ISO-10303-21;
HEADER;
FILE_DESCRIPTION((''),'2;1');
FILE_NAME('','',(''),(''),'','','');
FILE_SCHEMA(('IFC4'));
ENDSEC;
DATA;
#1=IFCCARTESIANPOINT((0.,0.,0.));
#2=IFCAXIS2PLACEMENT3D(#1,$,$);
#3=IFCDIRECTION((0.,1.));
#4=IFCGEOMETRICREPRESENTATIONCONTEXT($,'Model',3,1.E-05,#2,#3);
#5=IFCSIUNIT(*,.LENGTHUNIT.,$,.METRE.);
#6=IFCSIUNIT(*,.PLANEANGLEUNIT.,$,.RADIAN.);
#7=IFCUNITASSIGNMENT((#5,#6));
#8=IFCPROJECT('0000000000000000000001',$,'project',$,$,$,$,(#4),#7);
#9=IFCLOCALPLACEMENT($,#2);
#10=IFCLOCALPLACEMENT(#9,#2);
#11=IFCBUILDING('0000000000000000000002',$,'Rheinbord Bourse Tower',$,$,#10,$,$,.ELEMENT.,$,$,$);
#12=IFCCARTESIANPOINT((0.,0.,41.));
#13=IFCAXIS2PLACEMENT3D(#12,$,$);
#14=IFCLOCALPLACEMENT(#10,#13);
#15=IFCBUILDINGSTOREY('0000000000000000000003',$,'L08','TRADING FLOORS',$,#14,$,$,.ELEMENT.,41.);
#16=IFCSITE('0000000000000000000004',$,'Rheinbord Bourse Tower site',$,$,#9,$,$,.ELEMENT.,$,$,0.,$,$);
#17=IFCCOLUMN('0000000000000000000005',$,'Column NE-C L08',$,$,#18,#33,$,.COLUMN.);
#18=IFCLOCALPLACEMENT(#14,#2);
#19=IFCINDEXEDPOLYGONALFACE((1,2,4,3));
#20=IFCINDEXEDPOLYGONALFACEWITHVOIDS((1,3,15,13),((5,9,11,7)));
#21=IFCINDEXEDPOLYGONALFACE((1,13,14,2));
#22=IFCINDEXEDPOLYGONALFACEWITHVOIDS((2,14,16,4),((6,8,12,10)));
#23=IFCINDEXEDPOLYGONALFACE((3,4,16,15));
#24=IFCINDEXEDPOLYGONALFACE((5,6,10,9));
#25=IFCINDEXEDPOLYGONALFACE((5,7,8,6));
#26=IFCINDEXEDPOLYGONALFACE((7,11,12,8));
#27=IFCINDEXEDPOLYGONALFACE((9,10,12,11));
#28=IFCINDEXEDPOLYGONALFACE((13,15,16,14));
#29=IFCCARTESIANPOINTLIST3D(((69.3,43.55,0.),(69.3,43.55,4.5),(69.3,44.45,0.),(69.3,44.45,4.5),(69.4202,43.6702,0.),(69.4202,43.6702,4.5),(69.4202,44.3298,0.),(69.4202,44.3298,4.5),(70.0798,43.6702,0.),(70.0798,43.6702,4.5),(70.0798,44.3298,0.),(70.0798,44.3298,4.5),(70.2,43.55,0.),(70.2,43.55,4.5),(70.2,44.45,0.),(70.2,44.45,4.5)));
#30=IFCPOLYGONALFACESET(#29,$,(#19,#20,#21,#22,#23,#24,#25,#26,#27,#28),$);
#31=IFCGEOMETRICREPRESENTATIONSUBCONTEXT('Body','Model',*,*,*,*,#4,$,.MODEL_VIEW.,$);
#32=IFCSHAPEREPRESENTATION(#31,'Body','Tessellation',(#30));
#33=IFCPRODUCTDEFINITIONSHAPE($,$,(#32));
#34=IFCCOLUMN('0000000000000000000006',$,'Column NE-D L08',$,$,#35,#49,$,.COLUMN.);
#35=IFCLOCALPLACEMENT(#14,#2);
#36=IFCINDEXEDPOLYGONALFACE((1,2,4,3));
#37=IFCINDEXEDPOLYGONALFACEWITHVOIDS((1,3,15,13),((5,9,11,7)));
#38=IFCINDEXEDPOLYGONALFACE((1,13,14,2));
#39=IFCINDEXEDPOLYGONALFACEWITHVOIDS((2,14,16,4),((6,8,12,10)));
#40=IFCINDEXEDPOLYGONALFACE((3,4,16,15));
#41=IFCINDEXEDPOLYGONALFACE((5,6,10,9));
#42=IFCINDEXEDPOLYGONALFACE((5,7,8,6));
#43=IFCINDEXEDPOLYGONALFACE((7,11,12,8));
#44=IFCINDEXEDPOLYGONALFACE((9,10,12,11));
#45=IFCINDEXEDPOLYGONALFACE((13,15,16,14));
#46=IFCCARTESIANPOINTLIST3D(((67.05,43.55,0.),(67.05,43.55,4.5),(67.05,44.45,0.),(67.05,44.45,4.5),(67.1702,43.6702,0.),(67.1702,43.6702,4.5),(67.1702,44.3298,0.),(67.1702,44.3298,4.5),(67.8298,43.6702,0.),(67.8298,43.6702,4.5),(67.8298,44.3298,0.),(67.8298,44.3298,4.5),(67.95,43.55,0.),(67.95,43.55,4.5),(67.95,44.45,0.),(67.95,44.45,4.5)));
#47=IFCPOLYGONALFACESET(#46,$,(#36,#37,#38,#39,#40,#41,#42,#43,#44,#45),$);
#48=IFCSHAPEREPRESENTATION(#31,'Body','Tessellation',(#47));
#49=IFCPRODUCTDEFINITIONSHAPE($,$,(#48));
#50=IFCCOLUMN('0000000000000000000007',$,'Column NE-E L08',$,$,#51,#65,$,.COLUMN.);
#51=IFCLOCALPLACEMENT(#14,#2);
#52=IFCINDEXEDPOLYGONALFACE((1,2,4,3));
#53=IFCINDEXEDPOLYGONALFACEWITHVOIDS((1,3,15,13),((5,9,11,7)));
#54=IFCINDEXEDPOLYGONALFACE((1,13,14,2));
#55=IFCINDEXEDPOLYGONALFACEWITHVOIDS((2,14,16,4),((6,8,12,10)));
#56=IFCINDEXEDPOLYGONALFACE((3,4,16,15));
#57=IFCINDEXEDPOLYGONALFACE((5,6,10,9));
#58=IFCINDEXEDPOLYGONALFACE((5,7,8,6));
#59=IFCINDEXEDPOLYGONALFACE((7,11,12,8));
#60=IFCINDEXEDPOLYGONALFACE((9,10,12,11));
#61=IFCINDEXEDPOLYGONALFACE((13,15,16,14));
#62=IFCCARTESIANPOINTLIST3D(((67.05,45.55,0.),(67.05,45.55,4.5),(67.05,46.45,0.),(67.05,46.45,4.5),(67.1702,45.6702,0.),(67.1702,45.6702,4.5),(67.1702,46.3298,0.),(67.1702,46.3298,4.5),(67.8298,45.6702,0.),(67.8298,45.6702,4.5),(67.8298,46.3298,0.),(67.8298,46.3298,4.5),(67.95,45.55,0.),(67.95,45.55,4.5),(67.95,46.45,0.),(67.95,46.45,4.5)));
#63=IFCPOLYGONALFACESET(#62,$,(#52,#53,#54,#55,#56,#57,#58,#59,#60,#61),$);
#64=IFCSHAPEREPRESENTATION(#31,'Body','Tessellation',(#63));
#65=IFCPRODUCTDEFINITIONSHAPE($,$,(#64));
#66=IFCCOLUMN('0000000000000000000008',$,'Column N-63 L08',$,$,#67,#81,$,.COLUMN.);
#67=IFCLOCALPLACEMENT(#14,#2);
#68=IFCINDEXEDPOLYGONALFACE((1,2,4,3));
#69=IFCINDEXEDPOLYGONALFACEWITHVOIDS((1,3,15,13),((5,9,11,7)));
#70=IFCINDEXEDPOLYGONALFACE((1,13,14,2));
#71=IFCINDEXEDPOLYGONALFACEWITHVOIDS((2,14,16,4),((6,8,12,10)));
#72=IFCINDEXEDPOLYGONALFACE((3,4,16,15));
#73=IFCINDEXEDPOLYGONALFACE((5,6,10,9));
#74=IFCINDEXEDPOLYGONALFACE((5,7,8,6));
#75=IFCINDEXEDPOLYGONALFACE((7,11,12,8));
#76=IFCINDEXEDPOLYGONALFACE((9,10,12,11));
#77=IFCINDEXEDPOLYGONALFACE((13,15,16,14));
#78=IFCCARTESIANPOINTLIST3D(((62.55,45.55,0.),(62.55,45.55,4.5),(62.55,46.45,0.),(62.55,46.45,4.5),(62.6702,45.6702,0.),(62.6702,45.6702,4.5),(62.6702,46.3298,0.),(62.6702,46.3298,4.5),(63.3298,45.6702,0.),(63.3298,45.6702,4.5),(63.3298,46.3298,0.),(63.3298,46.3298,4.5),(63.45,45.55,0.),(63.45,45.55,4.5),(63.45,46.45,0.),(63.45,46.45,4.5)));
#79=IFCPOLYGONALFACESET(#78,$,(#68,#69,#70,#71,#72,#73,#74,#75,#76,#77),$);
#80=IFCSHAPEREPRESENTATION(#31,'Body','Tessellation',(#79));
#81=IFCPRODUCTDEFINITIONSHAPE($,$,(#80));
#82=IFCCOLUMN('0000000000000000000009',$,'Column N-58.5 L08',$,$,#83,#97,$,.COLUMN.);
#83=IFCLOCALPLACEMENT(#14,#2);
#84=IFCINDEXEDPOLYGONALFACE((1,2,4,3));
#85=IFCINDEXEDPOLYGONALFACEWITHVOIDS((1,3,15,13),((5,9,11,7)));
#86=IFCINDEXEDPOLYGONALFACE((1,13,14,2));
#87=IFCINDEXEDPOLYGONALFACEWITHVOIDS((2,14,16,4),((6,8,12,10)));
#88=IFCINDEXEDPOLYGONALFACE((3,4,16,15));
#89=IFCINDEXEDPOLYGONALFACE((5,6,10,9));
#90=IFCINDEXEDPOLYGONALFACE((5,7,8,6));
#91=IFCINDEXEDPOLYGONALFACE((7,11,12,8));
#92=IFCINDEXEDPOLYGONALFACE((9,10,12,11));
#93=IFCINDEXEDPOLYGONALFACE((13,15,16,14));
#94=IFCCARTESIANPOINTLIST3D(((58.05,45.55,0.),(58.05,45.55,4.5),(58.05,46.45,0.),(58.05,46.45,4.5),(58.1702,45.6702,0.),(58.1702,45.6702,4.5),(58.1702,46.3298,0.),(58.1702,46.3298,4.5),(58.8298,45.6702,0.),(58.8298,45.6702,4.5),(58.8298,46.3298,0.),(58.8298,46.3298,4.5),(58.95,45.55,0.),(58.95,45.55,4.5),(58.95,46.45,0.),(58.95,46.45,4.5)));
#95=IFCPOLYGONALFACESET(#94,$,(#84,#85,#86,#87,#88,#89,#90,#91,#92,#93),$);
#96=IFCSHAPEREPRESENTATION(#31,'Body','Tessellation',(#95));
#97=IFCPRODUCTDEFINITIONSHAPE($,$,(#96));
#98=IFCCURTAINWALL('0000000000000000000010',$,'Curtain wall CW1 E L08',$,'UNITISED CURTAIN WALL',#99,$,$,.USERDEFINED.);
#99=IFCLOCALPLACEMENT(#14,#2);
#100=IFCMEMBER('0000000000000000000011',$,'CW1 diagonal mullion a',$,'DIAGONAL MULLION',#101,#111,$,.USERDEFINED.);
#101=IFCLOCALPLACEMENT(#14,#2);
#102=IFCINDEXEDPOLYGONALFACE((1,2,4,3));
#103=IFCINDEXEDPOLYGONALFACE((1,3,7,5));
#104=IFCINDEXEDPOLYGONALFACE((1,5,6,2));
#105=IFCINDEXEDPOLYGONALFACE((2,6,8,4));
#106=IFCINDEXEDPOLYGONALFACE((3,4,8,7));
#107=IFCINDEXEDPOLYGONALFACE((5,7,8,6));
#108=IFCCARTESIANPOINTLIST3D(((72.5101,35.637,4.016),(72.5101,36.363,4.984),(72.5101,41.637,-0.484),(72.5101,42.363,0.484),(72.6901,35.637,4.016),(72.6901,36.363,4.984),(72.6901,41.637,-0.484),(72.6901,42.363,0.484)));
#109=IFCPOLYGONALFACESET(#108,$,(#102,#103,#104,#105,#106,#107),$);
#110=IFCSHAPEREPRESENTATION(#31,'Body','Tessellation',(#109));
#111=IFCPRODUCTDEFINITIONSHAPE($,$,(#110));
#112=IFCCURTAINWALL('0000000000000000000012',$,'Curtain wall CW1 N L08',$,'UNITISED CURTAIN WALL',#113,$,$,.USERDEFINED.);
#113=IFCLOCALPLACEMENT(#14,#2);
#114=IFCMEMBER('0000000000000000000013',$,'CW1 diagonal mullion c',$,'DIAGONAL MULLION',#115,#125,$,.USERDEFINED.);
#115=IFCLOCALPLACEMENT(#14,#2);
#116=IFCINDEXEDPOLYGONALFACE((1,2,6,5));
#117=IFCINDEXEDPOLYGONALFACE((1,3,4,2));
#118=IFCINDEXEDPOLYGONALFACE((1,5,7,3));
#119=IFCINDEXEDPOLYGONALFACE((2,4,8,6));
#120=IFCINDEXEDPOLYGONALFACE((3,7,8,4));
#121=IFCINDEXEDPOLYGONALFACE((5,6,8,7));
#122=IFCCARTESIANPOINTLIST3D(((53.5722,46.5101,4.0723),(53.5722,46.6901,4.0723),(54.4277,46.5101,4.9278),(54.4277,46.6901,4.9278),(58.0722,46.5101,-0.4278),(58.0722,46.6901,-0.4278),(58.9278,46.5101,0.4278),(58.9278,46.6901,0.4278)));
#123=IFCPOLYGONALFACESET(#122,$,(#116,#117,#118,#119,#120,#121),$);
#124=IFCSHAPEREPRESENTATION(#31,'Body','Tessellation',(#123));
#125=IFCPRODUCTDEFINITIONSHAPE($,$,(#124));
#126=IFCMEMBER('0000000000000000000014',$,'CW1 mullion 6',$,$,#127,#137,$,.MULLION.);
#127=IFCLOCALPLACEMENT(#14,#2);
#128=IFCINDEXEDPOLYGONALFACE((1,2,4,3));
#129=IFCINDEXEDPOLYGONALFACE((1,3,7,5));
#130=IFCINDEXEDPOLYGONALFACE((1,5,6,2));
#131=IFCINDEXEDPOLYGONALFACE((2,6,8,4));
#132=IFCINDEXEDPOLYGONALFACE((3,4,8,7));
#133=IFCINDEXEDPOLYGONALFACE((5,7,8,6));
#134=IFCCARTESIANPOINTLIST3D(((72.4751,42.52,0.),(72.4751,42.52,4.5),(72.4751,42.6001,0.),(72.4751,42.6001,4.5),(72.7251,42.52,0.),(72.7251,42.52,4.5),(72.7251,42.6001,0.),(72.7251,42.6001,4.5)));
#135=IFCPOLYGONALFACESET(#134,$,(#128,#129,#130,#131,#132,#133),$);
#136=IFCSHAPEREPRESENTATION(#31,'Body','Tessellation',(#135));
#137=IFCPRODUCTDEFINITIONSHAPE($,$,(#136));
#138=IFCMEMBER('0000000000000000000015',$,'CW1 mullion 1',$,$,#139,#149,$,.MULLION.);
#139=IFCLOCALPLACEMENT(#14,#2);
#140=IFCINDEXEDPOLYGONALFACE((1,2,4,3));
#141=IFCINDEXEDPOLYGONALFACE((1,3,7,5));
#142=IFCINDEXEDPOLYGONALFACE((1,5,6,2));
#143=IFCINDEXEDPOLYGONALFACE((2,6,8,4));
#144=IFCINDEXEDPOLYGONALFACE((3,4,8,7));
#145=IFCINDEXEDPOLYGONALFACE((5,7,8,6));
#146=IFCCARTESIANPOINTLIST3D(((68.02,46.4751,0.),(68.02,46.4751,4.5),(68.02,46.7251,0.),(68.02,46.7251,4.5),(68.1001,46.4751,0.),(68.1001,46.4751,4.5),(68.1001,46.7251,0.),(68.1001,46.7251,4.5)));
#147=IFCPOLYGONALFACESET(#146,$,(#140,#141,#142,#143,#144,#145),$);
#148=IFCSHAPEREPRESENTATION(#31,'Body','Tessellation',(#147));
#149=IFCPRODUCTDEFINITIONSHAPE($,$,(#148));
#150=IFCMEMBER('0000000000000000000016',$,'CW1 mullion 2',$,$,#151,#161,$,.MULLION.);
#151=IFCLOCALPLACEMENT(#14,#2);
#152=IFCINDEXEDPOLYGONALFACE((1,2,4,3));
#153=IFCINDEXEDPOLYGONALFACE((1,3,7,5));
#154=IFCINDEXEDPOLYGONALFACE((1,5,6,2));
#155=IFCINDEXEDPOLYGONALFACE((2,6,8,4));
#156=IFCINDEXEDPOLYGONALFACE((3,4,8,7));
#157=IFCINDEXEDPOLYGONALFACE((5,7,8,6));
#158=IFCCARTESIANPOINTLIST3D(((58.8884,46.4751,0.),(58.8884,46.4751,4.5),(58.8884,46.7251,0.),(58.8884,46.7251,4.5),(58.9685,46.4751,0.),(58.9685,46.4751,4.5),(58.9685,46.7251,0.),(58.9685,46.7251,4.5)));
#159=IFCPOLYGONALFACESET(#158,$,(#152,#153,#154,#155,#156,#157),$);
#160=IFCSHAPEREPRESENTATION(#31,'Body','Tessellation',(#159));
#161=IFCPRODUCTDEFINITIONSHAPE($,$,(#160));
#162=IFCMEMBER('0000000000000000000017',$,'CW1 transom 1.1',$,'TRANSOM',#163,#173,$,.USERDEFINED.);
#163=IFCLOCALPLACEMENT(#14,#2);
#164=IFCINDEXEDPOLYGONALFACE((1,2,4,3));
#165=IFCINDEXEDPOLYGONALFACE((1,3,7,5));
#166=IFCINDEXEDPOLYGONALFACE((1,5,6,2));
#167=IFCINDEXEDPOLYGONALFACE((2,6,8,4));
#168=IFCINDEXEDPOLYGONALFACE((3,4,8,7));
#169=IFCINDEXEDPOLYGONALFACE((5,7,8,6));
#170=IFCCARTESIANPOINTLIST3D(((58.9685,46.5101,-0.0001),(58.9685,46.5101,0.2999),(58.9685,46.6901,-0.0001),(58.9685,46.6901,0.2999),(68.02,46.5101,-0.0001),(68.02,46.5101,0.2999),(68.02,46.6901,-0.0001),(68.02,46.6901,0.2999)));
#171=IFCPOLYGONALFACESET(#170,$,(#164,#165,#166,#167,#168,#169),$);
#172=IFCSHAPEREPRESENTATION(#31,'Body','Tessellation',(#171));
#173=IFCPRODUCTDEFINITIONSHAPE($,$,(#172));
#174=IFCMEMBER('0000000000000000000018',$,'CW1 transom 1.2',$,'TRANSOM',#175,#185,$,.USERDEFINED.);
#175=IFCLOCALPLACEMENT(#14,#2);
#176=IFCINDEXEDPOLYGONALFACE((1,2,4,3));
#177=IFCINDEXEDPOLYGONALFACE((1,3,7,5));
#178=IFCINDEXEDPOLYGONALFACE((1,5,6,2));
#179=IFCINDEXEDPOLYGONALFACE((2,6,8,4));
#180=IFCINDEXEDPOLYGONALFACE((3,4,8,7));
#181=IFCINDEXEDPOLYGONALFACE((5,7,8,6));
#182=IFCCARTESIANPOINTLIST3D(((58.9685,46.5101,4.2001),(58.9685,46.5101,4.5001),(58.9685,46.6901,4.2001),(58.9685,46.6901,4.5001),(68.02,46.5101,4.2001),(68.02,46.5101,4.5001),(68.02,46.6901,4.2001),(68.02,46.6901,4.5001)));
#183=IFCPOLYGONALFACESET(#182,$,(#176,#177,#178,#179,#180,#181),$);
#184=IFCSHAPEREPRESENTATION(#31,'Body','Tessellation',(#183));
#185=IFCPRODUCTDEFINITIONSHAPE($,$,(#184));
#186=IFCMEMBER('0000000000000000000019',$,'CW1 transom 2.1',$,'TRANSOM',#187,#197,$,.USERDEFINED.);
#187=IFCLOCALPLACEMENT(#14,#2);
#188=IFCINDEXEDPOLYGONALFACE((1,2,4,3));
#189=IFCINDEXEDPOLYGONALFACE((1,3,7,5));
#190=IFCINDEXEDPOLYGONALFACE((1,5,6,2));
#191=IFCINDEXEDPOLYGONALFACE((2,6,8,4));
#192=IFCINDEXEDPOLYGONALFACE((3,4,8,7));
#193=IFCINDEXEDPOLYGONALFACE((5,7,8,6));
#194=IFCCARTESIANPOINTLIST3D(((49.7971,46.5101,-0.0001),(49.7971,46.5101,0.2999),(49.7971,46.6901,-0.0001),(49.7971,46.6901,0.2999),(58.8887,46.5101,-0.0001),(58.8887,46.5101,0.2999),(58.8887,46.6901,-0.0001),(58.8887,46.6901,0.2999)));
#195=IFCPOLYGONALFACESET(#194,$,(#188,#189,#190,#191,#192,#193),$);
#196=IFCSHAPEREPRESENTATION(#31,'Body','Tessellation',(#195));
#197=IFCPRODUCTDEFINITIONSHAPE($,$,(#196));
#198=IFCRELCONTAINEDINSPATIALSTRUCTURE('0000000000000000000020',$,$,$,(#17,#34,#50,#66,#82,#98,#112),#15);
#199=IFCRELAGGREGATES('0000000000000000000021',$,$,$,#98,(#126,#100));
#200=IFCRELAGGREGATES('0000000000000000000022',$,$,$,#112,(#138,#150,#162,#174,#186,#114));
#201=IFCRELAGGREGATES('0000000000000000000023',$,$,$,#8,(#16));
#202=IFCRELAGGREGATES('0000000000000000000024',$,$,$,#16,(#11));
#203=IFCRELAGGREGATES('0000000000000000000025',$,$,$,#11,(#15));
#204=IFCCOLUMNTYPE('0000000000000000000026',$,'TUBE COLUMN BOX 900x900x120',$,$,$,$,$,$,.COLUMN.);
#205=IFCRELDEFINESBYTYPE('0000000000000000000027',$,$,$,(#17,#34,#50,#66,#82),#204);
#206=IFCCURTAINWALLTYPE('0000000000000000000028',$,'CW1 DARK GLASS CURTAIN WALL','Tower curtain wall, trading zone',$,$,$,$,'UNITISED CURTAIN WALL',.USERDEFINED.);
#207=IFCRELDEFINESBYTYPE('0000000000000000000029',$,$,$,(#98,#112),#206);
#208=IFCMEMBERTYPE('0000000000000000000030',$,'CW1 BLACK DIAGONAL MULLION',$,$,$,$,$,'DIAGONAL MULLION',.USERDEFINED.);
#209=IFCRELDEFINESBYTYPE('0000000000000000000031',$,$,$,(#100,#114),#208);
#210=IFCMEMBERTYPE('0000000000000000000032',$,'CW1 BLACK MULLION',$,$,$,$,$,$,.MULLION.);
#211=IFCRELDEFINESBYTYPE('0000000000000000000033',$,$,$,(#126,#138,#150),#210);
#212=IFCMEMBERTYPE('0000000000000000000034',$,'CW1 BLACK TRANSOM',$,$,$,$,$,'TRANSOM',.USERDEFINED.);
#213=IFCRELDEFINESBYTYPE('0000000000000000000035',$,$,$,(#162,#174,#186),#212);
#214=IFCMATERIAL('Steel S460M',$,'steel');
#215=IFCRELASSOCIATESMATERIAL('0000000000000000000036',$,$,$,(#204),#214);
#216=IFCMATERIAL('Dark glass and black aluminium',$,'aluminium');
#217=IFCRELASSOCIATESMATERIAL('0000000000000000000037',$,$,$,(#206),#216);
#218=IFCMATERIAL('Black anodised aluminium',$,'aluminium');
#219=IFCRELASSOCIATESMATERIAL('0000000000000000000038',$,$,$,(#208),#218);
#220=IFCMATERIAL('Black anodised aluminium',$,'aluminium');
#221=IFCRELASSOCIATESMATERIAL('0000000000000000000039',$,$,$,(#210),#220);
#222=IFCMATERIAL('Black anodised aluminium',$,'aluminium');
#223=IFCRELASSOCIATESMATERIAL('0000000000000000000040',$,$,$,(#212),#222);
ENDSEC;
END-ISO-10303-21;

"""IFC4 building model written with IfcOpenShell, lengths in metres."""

from ifc_helpers import new_model, si_unit, direction, frame, origin, origin_2d, place, context, subcontext, project, spatial, rectangle, hollow_rectangle, extrude, material, material_profile, profile_set, type_object, element, aggregate, save


model = new_model("IFC4")

# Units and contexts
model_context = context("Model", 3, precision=1e-05, world=origin(), true_north=direction((0.0, 1.0)))
body_context = subcontext(model_context, "Body", "Model", "MODEL_VIEW")
ifc_project = project(units=[si_unit("LENGTHUNIT", "METRE"), si_unit("PLANEANGLEUNIT", "RADIAN")], contexts=[model_context])

# Site, building, storey
site_placement = place(None, origin())
site = spatial("IfcSite", under=ifc_project, at=site_placement, Name="Rheinbord Bourse Tower site", CompositionType="ELEMENT", RefElevation=0.0)
building_placement = place(site_placement, origin())
building = spatial("IfcBuilding", under=site, at=building_placement, Name="Rheinbord Bourse Tower", CompositionType="ELEMENT")
storey_placement = place(building_placement, frame((0.0, 0.0, 41.0)))
storey = spatial("IfcBuildingStorey", under=building, at=storey_placement, Name="L08", Description="TRADING FLOORS", CompositionType="ELEMENT", Elevation=41.0)

# Columns
ifc_material_1 = material(Name="Steel S460M", Category="steel")
ifc_material_profile_1 = material_profile(ifc_material_1, hollow_rectangle(XDim=0.8999, YDim=0.8999, WallThickness=0.1201, at=origin_2d()), Name="BOX 900x900x120")
ifc_profile_set_1 = profile_set([ifc_material_profile_1], Name="Steel S460M")
column_type = type_object("IfcColumnType", Name="TUBE COLUMN BOX 900x900x120", PredefinedType="COLUMN", material=ifc_profile_set_1)
for number, where, z_axis, x_axis, name in (
    (1, (69.75, 44.0, 0.0), (0.0, 0.0, 1.0), (1.0, 0.0, 0.0), "Column NE-C L08"),
    (2, (67.5, 44.0, 0.0), (0.0, 0.0, 1.0), (0.0, 1.0, 0.0), "Column NE-D L08"),
    (3, (67.5, 46.0, 0.0), (0.0, 0.0, 1.0), (0.0, 1.0, 0.0), "Column NE-E L08"),
    (4, (63.0, 46.0, 0.0), (0.0, 0.0, 1.0), (0.0, 1.0, 0.0), "Column N-63 L08"),
    (5, (58.5, 46.0, 0.0), (0.0, 0.0, 1.0), (0.0, 1.0, 0.0), "Column N-58.5 L08"),
):
    element("IfcColumn", number, at=place(storey_placement, frame(where, z_axis=z_axis, x_axis=x_axis)), inside=storey, type_object=column_type, Name=name, PredefinedType="COLUMN", context=body_context, shape_type="SweptSolid", body=[
        extrude(hollow_rectangle(XDim=0.8999, YDim=0.8999, WallThickness=0.1201, at=origin_2d()), origin(), (0.0, 0.0, 1.0), 4.5),
    ])

# Curtain walls, members
ifc_material_2 = material(Name="Dark glass and black aluminium", Category="aluminium")
curtain_wall_type = type_object("IfcCurtainWallType", Name="CW1 DARK GLASS CURTAIN WALL", Description="Tower curtain wall, trading zone", ElementType="UNITISED CURTAIN WALL", PredefinedType="USERDEFINED", material=ifc_material_2)
curtain_wall_1_placement = place(storey_placement, origin())
curtain_wall_1 = element("IfcCurtainWall", 6, at=curtain_wall_1_placement, inside=storey, type_object=curtain_wall_type, Name="Curtain wall CW1 E L08", ObjectType="UNITISED CURTAIN WALL", PredefinedType="USERDEFINED")
ifc_material_3 = material(Name="Black anodised aluminium", Category="aluminium")
ifc_material_profile_2 = material_profile(ifc_material_3, rectangle(XDim=0.1799, YDim=1.21, at=origin_2d()), Name="CW1 DIAGONAL MULLION 1210x180")
ifc_profile_set_2 = profile_set([ifc_material_profile_2], Name="Black anodised aluminium")
member_type_1 = type_object("IfcMemberType", Name="CW1 BLACK DIAGONAL MULLION", ElementType="DIAGONAL MULLION", PredefinedType="USERDEFINED", material=ifc_profile_set_2)
member_1_placement = place(storey_placement, frame((72.6001, 42.0, 0.0), z_axis=(0.0, -0.8, 0.6), x_axis=(1.0, 0.0, 0.0)))
member_1 = element("IfcMember", 7, at=member_1_placement, type_object=member_type_1, Name="CW1 diagonal mullion a", ObjectType="DIAGONAL MULLION", PredefinedType="USERDEFINED", context=body_context, shape_type="SweptSolid", body=[
    extrude(rectangle(XDim=0.1799, YDim=1.21, at=origin_2d()), origin(), (0.0, 0.0, 1.0), 7.5),
])
curtain_wall_2_placement = place(storey_placement, origin())
curtain_wall_2 = element("IfcCurtainWall", 8, at=curtain_wall_2_placement, inside=storey, type_object=curtain_wall_type, Name="Curtain wall CW1 N L08", ObjectType="UNITISED CURTAIN WALL", PredefinedType="USERDEFINED")
member_2_placement = place(storey_placement, frame((58.5, 46.6001, 0.0), z_axis=(-0.707107, 0.0, 0.707107), x_axis=(0.0, -1.0, 0.0)))
member_2 = element("IfcMember", 9, at=member_2_placement, type_object=member_type_1, Name="CW1 diagonal mullion c", ObjectType="DIAGONAL MULLION", PredefinedType="USERDEFINED", context=body_context, shape_type="SweptSolid", body=[
    extrude(rectangle(XDim=0.1799, YDim=1.21, at=origin_2d()), origin(), (0.0, 0.0, 1.0), 6.364),
])

# Members
ifc_material_4 = material(Name="Black anodised aluminium", Category="aluminium")
ifc_material_profile_3 = material_profile(ifc_material_4, rectangle(XDim=0.25, YDim=0.0801, at=origin_2d()), Name="CW1 MULLION 80x250")
ifc_profile_set_3 = profile_set([ifc_material_profile_3], Name="Black anodised aluminium")
member_type_2 = type_object("IfcMemberType", Name="CW1 BLACK MULLION", PredefinedType="MULLION", material=ifc_profile_set_3)
member_3_placement = place(storey_placement, frame((72.6001, 42.5601, 0.0), z_axis=(0.0, 0.0, 1.0), x_axis=(-1.0, 0.0, 0.0)))
member_3 = element("IfcMember", 10, at=member_3_placement, type_object=member_type_2, Name="CW1 mullion 6", PredefinedType="MULLION", context=body_context, shape_type="SweptSolid", body=[
    extrude(rectangle(XDim=0.25, YDim=0.0801, at=origin_2d()), origin(), (0.0, 0.0, 1.0), 4.5),
])
member_4_placement = place(storey_placement, frame((68.0601, 46.6001, 0.0), z_axis=(0.0, 0.0, 1.0), x_axis=(0.0, -1.0, 0.0)))
member_4 = element("IfcMember", 11, at=member_4_placement, type_object=member_type_2, Name="CW1 mullion 1", PredefinedType="MULLION", context=body_context, shape_type="SweptSolid", body=[
    extrude(rectangle(XDim=0.25, YDim=0.0801, at=origin_2d()), origin(), (0.0, 0.0, 1.0), 4.5),
])
member_5_placement = place(storey_placement, frame((58.9285, 46.6001, 0.0), z_axis=(0.0, 0.0, 1.0), x_axis=(0.0, -1.0, 0.0)))
member_5 = element("IfcMember", 12, at=member_5_placement, type_object=member_type_2, Name="CW1 mullion 2", PredefinedType="MULLION", context=body_context, shape_type="SweptSolid", body=[
    extrude(rectangle(XDim=0.25, YDim=0.0801, at=origin_2d()), origin(), (0.0, 0.0, 1.0), 4.5),
])
ifc_material_5 = material(Name="Black anodised aluminium", Category="aluminium")
ifc_material_profile_4 = material_profile(ifc_material_5, rectangle(XDim=0.1799, YDim=0.3, at=origin_2d()), Name="CW1 TRANSOM 300x180")
ifc_profile_set_4 = profile_set([ifc_material_profile_4], Name="Black anodised aluminium")
member_type_3 = type_object("IfcMemberType", Name="CW1 BLACK TRANSOM", ElementType="TRANSOM", PredefinedType="USERDEFINED", material=ifc_profile_set_4)
member_6_placement = place(storey_placement, frame((68.02, 46.6001, 0.1499), z_axis=(-1.0, 0.0, 0.0), x_axis=(0.0, -1.0, 0.0)))
member_6 = element("IfcMember", 13, at=member_6_placement, type_object=member_type_3, Name="CW1 transom 1.1", ObjectType="TRANSOM", PredefinedType="USERDEFINED", context=body_context, shape_type="SweptSolid", body=[
    extrude(rectangle(XDim=0.1799, YDim=0.3, at=origin_2d()), origin(), (0.0, 0.0, 1.0), 9.0515),
])
member_7_placement = place(storey_placement, frame((68.02, 46.6001, 4.3501), z_axis=(-1.0, 0.0, 0.0), x_axis=(0.0, -1.0, 0.0)))
member_7 = element("IfcMember", 14, at=member_7_placement, type_object=member_type_3, Name="CW1 transom 1.2", ObjectType="TRANSOM", PredefinedType="USERDEFINED", context=body_context, shape_type="SweptSolid", body=[
    extrude(rectangle(XDim=0.1799, YDim=0.3, at=origin_2d()), origin(), (0.0, 0.0, 1.0), 9.0515),
])
member_8_placement = place(storey_placement, frame((58.8887, 46.6001, 0.1499), z_axis=(-1.0, 0.0, 0.0), x_axis=(0.0, -1.0, 0.0)))
member_8 = element("IfcMember", 15, at=member_8_placement, type_object=member_type_3, Name="CW1 transom 2.1", ObjectType="TRANSOM", PredefinedType="USERDEFINED", context=body_context, shape_type="SweptSolid", body=[
    extrude(rectangle(XDim=0.1799, YDim=0.3, at=origin_2d()), origin(), (0.0, 0.0, 1.0), 9.0916),
])

aggregate(curtain_wall_1, [member_3, member_1])
aggregate(curtain_wall_2, [member_4, member_5, member_6, member_7, member_8, member_2])

save(model, "model.ifc")
